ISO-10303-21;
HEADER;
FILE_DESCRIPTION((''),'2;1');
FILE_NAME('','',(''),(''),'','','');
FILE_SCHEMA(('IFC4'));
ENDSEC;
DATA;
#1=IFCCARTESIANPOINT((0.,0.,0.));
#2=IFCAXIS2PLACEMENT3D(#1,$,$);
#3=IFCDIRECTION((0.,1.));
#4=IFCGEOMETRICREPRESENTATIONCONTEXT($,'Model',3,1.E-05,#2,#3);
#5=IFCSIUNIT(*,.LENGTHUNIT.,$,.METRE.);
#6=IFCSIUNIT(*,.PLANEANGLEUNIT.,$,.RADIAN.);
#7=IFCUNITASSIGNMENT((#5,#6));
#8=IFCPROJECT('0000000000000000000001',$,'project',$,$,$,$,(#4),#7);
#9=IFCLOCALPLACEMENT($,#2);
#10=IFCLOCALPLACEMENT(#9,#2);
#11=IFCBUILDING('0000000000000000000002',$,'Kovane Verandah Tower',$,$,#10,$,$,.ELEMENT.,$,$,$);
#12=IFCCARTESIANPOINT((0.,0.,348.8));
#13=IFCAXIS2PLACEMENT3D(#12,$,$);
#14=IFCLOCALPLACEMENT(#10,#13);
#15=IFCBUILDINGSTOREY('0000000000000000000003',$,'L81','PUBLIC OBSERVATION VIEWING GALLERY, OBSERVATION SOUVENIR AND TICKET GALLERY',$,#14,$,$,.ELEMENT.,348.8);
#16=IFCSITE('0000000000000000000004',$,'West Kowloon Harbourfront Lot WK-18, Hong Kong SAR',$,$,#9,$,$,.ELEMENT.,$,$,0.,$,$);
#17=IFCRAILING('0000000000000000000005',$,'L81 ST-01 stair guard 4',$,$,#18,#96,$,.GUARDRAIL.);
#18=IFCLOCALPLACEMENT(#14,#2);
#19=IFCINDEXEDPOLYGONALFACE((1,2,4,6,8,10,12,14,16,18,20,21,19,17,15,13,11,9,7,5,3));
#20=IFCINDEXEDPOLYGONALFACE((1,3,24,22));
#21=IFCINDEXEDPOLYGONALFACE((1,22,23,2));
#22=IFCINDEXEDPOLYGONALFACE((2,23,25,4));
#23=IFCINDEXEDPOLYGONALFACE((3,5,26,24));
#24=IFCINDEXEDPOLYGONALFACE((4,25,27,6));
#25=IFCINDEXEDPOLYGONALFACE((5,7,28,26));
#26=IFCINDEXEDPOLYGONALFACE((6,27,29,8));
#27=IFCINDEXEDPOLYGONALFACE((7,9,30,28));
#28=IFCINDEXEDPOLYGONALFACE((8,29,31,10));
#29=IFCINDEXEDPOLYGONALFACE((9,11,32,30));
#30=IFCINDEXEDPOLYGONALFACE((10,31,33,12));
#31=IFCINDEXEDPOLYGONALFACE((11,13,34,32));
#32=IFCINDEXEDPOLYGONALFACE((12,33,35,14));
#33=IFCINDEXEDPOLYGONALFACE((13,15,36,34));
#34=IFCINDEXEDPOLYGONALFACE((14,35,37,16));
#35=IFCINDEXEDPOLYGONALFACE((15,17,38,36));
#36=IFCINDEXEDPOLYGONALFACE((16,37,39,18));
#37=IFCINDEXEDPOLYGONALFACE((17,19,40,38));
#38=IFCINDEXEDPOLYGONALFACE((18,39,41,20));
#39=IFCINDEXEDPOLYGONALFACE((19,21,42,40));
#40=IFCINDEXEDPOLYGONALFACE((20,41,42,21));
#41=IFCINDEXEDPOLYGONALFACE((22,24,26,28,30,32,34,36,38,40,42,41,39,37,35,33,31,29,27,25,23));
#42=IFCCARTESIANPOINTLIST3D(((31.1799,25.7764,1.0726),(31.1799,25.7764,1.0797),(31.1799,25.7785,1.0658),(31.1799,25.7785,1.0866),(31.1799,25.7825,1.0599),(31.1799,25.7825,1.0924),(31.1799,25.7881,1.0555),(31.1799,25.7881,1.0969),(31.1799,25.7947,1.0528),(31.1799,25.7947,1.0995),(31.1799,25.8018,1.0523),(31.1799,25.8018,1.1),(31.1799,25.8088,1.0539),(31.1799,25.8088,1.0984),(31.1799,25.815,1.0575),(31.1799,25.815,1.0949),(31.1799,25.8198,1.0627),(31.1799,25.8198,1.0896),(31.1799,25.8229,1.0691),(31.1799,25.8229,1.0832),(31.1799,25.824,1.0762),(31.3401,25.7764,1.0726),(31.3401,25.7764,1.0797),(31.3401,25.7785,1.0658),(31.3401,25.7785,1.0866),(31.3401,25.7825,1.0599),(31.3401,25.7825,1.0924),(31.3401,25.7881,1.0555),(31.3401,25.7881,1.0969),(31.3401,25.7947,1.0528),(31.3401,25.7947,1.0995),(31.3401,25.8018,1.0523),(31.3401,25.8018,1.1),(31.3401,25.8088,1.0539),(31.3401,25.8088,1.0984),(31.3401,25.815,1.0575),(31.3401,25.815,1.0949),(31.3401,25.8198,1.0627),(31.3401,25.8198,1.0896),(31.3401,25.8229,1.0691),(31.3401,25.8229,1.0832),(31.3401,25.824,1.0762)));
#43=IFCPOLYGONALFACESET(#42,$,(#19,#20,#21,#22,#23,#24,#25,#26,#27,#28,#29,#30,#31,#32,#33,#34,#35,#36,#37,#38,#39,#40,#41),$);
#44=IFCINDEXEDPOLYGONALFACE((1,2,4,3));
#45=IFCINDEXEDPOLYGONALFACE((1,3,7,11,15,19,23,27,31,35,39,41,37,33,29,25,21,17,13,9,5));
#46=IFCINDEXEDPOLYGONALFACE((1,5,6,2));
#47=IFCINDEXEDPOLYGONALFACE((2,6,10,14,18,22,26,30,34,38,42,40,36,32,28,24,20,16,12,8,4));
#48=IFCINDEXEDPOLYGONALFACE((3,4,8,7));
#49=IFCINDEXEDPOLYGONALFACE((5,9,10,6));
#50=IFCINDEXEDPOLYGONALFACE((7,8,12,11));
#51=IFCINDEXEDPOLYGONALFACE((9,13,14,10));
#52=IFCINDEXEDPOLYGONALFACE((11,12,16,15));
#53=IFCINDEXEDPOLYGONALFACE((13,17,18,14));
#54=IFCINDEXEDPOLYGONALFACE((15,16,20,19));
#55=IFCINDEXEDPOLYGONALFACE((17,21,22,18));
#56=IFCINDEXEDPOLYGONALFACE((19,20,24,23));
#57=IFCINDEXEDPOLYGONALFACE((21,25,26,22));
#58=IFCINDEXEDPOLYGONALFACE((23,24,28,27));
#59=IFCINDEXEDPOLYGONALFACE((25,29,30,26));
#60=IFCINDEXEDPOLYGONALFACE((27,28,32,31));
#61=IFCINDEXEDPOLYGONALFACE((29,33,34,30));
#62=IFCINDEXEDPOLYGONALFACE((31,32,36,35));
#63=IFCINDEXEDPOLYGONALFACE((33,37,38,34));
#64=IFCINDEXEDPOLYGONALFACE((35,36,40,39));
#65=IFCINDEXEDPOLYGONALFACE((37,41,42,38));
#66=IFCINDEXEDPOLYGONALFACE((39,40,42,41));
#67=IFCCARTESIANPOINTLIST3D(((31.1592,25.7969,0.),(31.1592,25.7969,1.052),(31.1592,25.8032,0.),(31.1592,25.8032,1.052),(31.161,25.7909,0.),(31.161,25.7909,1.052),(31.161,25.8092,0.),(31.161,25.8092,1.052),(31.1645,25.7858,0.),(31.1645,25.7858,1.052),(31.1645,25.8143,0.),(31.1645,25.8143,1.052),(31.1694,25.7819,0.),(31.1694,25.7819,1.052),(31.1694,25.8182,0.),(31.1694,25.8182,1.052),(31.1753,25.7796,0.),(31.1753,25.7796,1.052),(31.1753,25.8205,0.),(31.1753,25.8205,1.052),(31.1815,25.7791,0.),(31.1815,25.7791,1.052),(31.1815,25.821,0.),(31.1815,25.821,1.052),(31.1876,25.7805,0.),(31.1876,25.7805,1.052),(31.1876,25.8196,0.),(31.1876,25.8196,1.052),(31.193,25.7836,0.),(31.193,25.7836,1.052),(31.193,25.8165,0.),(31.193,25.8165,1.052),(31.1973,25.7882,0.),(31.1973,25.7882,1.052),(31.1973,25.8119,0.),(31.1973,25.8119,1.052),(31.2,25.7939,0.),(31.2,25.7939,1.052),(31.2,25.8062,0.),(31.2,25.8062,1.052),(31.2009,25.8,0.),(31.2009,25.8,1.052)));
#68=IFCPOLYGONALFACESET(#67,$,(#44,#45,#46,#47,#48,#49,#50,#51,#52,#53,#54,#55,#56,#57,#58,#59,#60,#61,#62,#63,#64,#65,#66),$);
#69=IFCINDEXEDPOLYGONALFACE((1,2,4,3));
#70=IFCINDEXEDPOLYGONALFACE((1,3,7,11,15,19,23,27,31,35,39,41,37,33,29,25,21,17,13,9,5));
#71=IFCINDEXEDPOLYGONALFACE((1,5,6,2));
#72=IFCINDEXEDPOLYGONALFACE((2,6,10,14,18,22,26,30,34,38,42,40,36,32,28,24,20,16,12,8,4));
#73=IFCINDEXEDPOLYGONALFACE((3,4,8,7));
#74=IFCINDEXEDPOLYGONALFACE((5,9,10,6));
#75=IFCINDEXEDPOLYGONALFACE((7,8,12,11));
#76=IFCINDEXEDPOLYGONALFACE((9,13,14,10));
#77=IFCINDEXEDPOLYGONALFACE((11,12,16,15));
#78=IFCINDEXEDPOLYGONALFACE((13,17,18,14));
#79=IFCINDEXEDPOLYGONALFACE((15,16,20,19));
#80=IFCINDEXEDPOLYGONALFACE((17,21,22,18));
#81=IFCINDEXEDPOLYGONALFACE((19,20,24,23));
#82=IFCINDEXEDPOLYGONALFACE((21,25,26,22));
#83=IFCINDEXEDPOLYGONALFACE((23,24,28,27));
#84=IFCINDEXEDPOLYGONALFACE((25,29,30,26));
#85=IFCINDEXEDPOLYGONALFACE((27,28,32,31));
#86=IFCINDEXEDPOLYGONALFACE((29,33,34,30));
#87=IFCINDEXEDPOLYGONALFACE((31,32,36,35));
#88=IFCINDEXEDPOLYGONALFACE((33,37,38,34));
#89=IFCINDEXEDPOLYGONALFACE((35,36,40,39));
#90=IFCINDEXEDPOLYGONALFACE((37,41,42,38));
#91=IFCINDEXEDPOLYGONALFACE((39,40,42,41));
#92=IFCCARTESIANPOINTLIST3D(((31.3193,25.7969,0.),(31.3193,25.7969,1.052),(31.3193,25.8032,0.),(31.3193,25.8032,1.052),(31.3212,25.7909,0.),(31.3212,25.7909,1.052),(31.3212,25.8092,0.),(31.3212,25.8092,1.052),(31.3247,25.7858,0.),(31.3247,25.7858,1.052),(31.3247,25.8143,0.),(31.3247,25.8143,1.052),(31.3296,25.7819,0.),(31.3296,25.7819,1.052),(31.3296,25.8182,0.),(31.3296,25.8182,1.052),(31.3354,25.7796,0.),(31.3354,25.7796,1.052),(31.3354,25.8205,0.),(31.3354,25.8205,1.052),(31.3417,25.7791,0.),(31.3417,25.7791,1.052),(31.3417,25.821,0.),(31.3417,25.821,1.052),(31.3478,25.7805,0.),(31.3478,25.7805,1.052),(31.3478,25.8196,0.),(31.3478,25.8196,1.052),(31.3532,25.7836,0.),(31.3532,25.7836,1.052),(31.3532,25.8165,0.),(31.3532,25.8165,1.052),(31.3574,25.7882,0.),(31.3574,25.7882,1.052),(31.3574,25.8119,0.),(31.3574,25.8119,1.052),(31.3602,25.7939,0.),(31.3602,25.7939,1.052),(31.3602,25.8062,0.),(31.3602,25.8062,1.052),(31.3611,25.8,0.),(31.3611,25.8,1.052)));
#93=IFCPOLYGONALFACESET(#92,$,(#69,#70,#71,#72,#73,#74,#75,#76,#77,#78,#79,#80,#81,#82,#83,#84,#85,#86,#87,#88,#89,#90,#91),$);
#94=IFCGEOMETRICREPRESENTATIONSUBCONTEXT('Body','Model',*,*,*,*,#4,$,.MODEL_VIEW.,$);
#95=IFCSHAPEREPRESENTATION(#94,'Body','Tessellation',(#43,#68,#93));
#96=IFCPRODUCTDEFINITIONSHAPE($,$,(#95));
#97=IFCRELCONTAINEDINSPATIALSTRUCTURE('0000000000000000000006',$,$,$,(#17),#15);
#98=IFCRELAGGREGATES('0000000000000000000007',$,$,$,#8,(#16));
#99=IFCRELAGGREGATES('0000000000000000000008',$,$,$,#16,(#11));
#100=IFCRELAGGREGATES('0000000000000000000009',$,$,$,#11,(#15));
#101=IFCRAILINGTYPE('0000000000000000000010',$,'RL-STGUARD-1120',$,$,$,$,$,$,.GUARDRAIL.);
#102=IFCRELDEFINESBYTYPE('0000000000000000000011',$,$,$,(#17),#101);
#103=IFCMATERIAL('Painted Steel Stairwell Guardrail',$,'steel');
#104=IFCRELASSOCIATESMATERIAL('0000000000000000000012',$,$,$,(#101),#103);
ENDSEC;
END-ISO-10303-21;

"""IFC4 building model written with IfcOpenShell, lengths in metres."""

from ifc_helpers import new_model, si_unit, direction, frame, origin, origin_2d, place, context, subcontext, project, spatial, circle, extrude, material, type_object, element, save


model = new_model("IFC4")

# Units and contexts
model_context = context("Model", 3, precision=1e-05, world=origin(), true_north=direction((0.0, 1.0)))
body_context = subcontext(model_context, "Body", "Model", "MODEL_VIEW")
ifc_project = project(units=[si_unit("LENGTHUNIT", "METRE"), si_unit("PLANEANGLEUNIT", "RADIAN")], contexts=[model_context])

# Site, building, storey
site_placement = place(None, origin())
site = spatial("IfcSite", under=ifc_project, at=site_placement, Name="West Kowloon Harbourfront Lot WK-18, Hong Kong SAR", CompositionType="ELEMENT", RefElevation=0.0)
building_placement = place(site_placement, origin())
building = spatial("IfcBuilding", under=site, at=building_placement, Name="Kovane Verandah Tower", CompositionType="ELEMENT")
storey_placement = place(building_placement, frame((0.0, 0.0, 348.8)))
storey = spatial("IfcBuildingStorey", under=building, at=storey_placement, Name="L81", Description="PUBLIC OBSERVATION VIEWING GALLERY, OBSERVATION SOUVENIR AND TICKET GALLERY", CompositionType="ELEMENT", Elevation=348.8)

# Railing
ifc_material_1 = material(Name="Painted Steel Stairwell Guardrail", Category="steel")
railing_type_1 = type_object("IfcRailingType", Name="RL-STGUARD-1120", PredefinedType="GUARDRAIL", material=ifc_material_1)
railing_1_placement = place(storey_placement, frame((31.1799, 25.8, 0.0)))
element("IfcRailing", 1, at=railing_1_placement, inside=storey, type_object=railing_type_1, Name="L81 ST-01 stair guard 4", PredefinedType="GUARDRAIL", context=body_context, shape_type="SweptSolid", body=[
    extrude(circle(Radius=0.0239, at=origin_2d()), frame((0.0, 0.0, 1.0762), z_axis=(1.0, 0.0, 0.0), x_axis=(0.0, 1.0, 0.0)), (0.0, 0.0, 1.0), 0.1602),
    extrude(circle(Radius=0.021, at=origin_2d()), origin(), (0.0, 0.0, 1.0), 1.052),
    extrude(circle(Radius=0.021, at=origin_2d()), frame((0.1602, 0.0, 0.0)), (0.0, 0.0, 1.0), 1.052),
])

save(model, "model.ifc")
